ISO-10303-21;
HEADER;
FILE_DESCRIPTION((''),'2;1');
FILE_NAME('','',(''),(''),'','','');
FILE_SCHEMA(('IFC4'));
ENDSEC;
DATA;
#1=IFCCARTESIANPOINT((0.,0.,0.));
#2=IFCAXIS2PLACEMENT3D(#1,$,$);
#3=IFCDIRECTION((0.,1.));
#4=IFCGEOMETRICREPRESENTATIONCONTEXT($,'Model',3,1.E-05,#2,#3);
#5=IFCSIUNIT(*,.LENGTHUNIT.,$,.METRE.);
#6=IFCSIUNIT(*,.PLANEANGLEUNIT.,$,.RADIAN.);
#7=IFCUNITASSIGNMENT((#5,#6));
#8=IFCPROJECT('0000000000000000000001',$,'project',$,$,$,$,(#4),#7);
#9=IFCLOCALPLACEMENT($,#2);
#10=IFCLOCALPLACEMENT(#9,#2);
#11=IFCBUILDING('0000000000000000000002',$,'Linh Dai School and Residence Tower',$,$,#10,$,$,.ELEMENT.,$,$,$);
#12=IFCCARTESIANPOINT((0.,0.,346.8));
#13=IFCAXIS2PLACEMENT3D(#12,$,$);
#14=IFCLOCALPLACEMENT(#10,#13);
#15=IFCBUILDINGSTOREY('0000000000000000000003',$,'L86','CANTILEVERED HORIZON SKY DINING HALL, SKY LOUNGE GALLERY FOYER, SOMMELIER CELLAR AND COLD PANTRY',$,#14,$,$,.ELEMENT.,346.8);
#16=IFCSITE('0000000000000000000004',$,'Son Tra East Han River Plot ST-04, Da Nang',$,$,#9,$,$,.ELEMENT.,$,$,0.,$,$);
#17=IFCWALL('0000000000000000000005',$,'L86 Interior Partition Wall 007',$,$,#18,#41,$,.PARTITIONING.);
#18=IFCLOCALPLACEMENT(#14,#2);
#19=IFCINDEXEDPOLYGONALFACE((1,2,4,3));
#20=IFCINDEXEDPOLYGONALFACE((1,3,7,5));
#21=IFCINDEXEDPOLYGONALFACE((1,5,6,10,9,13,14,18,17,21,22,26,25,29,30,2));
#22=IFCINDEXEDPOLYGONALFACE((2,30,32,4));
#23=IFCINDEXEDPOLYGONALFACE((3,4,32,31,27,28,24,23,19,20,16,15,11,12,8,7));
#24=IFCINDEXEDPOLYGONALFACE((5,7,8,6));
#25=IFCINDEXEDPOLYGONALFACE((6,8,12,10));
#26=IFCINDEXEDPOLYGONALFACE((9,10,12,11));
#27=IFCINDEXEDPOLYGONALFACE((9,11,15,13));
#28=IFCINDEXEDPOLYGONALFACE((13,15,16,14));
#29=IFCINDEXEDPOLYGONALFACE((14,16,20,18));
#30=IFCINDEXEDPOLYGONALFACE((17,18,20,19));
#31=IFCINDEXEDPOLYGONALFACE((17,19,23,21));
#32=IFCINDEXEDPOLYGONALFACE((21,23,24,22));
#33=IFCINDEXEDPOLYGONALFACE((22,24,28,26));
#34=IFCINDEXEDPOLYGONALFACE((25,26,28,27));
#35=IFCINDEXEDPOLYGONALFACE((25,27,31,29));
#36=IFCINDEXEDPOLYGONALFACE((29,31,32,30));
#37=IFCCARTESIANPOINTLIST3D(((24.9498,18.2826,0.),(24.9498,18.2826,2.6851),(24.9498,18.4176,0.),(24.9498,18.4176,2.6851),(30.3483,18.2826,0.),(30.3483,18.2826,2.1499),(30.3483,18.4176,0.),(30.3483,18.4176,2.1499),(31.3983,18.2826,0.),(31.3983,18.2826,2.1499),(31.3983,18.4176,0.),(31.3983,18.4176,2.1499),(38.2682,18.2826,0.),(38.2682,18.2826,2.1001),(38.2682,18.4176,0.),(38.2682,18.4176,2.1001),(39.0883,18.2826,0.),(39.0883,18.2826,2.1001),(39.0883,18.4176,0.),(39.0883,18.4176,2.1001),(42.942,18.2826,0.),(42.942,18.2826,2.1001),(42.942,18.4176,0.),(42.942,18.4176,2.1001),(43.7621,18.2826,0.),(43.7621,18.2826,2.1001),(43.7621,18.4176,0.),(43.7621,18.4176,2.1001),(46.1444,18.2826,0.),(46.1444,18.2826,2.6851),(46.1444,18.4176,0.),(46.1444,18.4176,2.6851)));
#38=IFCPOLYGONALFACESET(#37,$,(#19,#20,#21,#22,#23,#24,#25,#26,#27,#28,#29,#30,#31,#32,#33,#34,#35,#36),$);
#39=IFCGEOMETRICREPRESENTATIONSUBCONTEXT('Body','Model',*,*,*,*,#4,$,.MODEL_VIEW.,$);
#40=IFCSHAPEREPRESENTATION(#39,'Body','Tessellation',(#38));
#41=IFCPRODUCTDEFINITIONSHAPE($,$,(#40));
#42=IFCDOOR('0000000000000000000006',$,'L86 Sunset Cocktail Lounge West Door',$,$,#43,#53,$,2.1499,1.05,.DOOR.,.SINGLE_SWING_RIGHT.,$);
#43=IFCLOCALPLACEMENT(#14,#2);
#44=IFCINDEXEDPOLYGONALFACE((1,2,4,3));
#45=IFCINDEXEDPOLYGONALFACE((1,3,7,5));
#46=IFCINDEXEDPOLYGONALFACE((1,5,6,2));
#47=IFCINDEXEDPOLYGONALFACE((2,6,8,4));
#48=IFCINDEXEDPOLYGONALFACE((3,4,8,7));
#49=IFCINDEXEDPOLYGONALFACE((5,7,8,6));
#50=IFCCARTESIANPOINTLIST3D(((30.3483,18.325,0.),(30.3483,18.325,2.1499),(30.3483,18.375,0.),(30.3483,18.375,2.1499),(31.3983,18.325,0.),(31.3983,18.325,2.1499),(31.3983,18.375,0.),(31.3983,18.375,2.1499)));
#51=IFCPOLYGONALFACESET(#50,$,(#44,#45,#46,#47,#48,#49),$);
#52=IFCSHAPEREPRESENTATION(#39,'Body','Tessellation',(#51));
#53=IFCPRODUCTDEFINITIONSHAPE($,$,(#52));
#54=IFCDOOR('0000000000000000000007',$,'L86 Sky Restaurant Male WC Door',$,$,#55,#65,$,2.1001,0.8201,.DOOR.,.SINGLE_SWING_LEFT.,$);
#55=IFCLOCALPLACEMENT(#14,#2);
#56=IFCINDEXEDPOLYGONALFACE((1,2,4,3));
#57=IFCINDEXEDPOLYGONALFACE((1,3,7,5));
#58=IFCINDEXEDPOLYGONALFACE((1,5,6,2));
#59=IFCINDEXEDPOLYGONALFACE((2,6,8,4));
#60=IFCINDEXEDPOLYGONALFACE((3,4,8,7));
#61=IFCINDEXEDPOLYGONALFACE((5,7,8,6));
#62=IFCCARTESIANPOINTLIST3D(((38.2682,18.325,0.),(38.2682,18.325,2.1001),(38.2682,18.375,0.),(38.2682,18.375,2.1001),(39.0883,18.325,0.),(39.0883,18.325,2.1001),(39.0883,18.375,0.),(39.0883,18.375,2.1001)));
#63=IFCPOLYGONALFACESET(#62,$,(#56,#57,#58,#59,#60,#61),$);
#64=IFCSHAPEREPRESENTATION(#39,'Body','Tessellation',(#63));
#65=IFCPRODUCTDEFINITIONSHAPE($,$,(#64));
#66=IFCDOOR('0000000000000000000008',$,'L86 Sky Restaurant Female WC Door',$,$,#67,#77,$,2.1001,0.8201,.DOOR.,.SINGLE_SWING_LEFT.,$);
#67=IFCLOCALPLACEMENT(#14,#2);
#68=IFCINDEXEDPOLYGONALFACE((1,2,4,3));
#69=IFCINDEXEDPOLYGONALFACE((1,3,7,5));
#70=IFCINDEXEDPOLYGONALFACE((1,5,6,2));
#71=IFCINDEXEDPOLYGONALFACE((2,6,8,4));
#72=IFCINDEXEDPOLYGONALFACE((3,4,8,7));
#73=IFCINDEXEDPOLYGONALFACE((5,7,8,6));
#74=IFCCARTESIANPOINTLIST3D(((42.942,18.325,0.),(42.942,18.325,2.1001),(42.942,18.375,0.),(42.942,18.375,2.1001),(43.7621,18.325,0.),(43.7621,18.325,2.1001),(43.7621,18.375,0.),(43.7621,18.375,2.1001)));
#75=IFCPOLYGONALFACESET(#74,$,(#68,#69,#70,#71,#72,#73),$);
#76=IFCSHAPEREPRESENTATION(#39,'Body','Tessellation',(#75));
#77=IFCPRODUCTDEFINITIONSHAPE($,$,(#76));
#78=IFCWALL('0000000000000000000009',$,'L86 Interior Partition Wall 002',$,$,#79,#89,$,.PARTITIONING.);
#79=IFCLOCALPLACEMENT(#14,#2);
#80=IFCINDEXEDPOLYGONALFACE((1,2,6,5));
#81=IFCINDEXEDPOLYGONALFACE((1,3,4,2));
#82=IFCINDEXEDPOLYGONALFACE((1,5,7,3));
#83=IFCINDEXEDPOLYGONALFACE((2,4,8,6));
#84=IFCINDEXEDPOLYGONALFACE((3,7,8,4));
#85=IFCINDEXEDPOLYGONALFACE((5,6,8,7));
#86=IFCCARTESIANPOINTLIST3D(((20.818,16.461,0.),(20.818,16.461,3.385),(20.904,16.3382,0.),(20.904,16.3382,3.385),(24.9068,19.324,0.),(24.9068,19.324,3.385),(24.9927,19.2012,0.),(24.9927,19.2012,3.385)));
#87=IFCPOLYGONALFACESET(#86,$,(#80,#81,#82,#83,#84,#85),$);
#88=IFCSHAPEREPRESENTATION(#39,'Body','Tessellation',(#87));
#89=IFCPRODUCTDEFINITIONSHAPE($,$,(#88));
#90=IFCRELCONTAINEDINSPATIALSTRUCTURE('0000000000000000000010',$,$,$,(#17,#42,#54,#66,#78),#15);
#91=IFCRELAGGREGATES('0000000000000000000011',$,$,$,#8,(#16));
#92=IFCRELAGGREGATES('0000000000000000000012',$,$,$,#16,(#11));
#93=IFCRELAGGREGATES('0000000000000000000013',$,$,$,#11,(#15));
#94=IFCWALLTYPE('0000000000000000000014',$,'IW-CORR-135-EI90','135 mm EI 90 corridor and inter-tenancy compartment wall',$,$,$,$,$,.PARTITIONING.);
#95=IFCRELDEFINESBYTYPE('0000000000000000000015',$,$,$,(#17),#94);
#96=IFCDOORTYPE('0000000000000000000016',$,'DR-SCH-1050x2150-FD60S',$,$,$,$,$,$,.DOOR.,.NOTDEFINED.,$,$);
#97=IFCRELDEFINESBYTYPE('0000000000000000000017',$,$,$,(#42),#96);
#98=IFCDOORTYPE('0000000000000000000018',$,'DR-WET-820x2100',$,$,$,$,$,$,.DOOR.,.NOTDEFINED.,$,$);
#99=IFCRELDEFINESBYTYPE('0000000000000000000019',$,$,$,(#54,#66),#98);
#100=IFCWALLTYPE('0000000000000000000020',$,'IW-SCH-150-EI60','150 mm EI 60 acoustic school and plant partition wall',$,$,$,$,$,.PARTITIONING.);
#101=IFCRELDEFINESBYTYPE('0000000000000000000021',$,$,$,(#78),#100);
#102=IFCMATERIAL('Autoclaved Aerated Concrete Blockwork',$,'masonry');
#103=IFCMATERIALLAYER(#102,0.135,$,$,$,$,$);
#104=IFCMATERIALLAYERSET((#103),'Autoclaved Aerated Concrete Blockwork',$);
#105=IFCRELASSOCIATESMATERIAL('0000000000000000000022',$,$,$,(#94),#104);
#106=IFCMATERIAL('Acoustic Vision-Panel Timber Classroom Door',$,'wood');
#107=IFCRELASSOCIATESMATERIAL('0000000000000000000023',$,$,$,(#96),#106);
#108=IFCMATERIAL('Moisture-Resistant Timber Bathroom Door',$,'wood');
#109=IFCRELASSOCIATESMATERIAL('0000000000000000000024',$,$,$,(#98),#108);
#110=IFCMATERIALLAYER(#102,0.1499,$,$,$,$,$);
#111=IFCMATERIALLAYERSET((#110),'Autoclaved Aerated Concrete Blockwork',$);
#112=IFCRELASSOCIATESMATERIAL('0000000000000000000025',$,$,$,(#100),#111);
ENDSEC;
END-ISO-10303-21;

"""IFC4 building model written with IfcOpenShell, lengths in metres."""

from ifc_helpers import new_model, si_unit, direction, frame, frame_2d, origin, origin_2d, place, context, subcontext, project, spatial, rectangle, extrude, source, transform, mapped, material, layer, layer_set, type_object, element, fill, save


model = new_model("IFC4")

# Units and contexts
model_context = context("Model", 3, precision=1e-05, world=origin(), true_north=direction((0.0, 1.0)))
body_context = subcontext(model_context, "Body", "Model", "MODEL_VIEW")
ifc_project = project(units=[si_unit("LENGTHUNIT", "METRE"), si_unit("PLANEANGLEUNIT", "RADIAN")], contexts=[model_context])

# Site, building, storey
site_placement = place(None, origin())
site = spatial("IfcSite", under=ifc_project, at=site_placement, Name="Son Tra East Han River Plot ST-04, Da Nang", CompositionType="ELEMENT", RefElevation=0.0)
building_placement = place(site_placement, origin())
building = spatial("IfcBuilding", under=site, at=building_placement, Name="Linh Dai School and Residence Tower", CompositionType="ELEMENT")
storey_placement = place(building_placement, frame((0.0, 0.0, 346.8)))
storey = spatial("IfcBuildingStorey", under=building, at=storey_placement, Name="L86", Description="CANTILEVERED HORIZON SKY DINING HALL, SKY LOUNGE GALLERY FOYER, SOMMELIER CELLAR AND COLD PANTRY", CompositionType="ELEMENT", Elevation=346.8)

# Shared definitions
ifc_material_1 = material(Name="Autoclaved Aerated Concrete Blockwork", Category="masonry")
ifc_layer_1 = layer(ifc_material_1, 0.135)
ifc_layer_set_1 = layer_set([ifc_layer_1], Name="Autoclaved Aerated Concrete Blockwork")
wall_type_1 = type_object("IfcWallType", Name="IW-CORR-135-EI90", Description="135 mm EI 90 corridor and inter-tenancy compartment wall", PredefinedType="PARTITIONING", material=ifc_layer_set_1)

# Wall, openings, doors
wall_1_placement = place(storey_placement, frame((24.95, 18.3501, 0.0), z_axis=(0.0, 0.0, 1.0), x_axis=(1.0, 0.0, 0.0)))
wall_1 = element("IfcWall", 1, at=wall_1_placement, inside=storey, type_object=wall_type_1, Name="L86 Interior Partition Wall 007", PredefinedType="PARTITIONING", context=body_context, shape_type="SweptSolid", body=[
    extrude(rectangle(XDim=21.1946, YDim=0.135, at=frame_2d((10.5972, 0.0))), origin(), (0.0, 0.0, 1.0), 2.6851),
])
opening_1_placement = place(wall_1_placement, frame((5.3984, 0.0, 0.0)))
opening_1 = element("IfcOpeningElement", 2, at=opening_1_placement, cuts=wall_1, PredefinedType="OPENING", context=body_context, shape_type="SweptSolid", body=[
    extrude(rectangle(XDim=1.05, YDim=2.1499, at=origin_2d()), frame((0.5249, 0.0776, 1.075), z_axis=(0.0, -1.0, 0.0), x_axis=(1.0, 0.0, 0.0)), (0.0, 0.0, 1.0), 0.155),
])
opening_2_placement = place(wall_1_placement, frame((13.3181, 0.0, 0.0)))
opening_2 = element("IfcOpeningElement", 3, at=opening_2_placement, cuts=wall_1, PredefinedType="OPENING", context=body_context, shape_type="SweptSolid", body=[
    extrude(rectangle(XDim=0.8201, YDim=2.1001, at=origin_2d()), frame((0.4102, 0.0776, 1.05), z_axis=(0.0, -1.0, 0.0), x_axis=(1.0, 0.0, 0.0)), (0.0, 0.0, 1.0), 0.155),
])
opening_3_placement = place(wall_1_placement, frame((17.9919, 0.0, 0.0)))
opening_3 = element("IfcOpeningElement", 4, at=opening_3_placement, cuts=wall_1, PredefinedType="OPENING", context=body_context, shape_type="SweptSolid", body=[
    extrude(rectangle(XDim=0.8201, YDim=2.1001, at=origin_2d()), frame((0.4102, 0.0776, 1.05), z_axis=(0.0, -1.0, 0.0), x_axis=(1.0, 0.0, 0.0)), (0.0, 0.0, 1.0), 0.155),
])
ifc_material_2 = material(Name="Acoustic Vision-Panel Timber Classroom Door", Category="wood")
door_type_1 = type_object("IfcDoorType", Name="DR-SCH-1050x2150-FD60S", OperationType="NOTDEFINED", PredefinedType="DOOR", material=ifc_material_2)
shared_shape_1 = source(origin(), body_context, "Body", "SweptSolid", [
    extrude(rectangle(XDim=1.05, YDim=2.1499, at=origin_2d()), frame((0.5249, 0.0249, 1.075), z_axis=(0.0, -1.0, 0.0), x_axis=(1.0, 0.0, 0.0)), (0.0, 0.0, 1.0), 0.05),
])
door_1_placement = place(opening_1_placement, origin())
door_1 = element("IfcDoor", 5, at=door_1_placement, inside=storey, type_object=door_type_1, Name="L86 Sunset Cocktail Lounge West Door", OperationType="SINGLE_SWING_RIGHT", OverallHeight=2.1499, OverallWidth=1.05, PredefinedType="DOOR", context=body_context, shape_type="MappedRepresentation", body=[
    mapped(shared_shape_1, transform((0.0, 0.0, 0.0), x_axis=(1.0, 0.0, 0.0), y_axis=(0.0, 1.0, 0.0), z_axis=(0.0, 0.0, 1.0), scale=1.0)),
])
fill(opening_1, door_1)
ifc_material_3 = material(Name="Moisture-Resistant Timber Bathroom Door", Category="wood")
door_type_2 = type_object("IfcDoorType", Name="DR-WET-820x2100", OperationType="NOTDEFINED", PredefinedType="DOOR", material=ifc_material_3)
shared_shape_2 = source(origin(), body_context, "Body", "SweptSolid", [
    extrude(rectangle(XDim=0.8201, YDim=2.1001, at=origin_2d()), frame((0.4102, 0.0249, 1.05), z_axis=(0.0, -1.0, 0.0), x_axis=(1.0, 0.0, 0.0)), (0.0, 0.0, 1.0), 0.05),
])
door_2_placement = place(opening_2_placement, origin())
door_2 = element("IfcDoor", 6, at=door_2_placement, inside=storey, type_object=door_type_2, Name="L86 Sky Restaurant Male WC Door", OperationType="SINGLE_SWING_LEFT", OverallHeight=2.1001, OverallWidth=0.8201, PredefinedType="DOOR", context=body_context, shape_type="MappedRepresentation", body=[
    mapped(shared_shape_2, transform((0.0, 0.0, 0.0), x_axis=(1.0, 0.0, 0.0), y_axis=(0.0, 1.0, 0.0), z_axis=(0.0, 0.0, 1.0), scale=1.0)),
])
fill(opening_2, door_2)
door_3_placement = place(opening_3_placement, origin())
door_3 = element("IfcDoor", 7, at=door_3_placement, inside=storey, type_object=door_type_2, Name="L86 Sky Restaurant Female WC Door", OperationType="SINGLE_SWING_LEFT", OverallHeight=2.1001, OverallWidth=0.8201, PredefinedType="DOOR", context=body_context, shape_type="MappedRepresentation", body=[
    mapped(shared_shape_2, transform((0.0, 0.0, 0.0), x_axis=(1.0, 0.0, 0.0), y_axis=(0.0, 1.0, 0.0), z_axis=(0.0, 0.0, 1.0), scale=1.0)),
])
fill(opening_3, door_3)

# Wall
ifc_layer_2 = layer(ifc_material_1, 0.1499)
ifc_layer_set_2 = layer_set([ifc_layer_2], Name="Autoclaved Aerated Concrete Blockwork")
wall_type_2 = type_object("IfcWallType", Name="IW-SCH-150-EI60", Description="150 mm EI 60 acoustic school and plant partition wall", PredefinedType="PARTITIONING", material=ifc_layer_set_2)
wall_2_placement = place(storey_placement, frame((20.8611, 16.3997, 0.0), z_axis=(0.0, 0.0, 1.0), x_axis=(0.819154, 0.573574, 0.0)))
element("IfcWall", 8, at=wall_2_placement, inside=storey, type_object=wall_type_2, Name="L86 Interior Partition Wall 002", PredefinedType="PARTITIONING", context=body_context, shape_type="SweptSolid", body=[
    extrude(rectangle(XDim=4.9915, YDim=0.1499, at=frame_2d((2.4956, 0.0))), origin(), (0.0, 0.0, 1.0), 3.385),
])

save(model, "model.ifc")
